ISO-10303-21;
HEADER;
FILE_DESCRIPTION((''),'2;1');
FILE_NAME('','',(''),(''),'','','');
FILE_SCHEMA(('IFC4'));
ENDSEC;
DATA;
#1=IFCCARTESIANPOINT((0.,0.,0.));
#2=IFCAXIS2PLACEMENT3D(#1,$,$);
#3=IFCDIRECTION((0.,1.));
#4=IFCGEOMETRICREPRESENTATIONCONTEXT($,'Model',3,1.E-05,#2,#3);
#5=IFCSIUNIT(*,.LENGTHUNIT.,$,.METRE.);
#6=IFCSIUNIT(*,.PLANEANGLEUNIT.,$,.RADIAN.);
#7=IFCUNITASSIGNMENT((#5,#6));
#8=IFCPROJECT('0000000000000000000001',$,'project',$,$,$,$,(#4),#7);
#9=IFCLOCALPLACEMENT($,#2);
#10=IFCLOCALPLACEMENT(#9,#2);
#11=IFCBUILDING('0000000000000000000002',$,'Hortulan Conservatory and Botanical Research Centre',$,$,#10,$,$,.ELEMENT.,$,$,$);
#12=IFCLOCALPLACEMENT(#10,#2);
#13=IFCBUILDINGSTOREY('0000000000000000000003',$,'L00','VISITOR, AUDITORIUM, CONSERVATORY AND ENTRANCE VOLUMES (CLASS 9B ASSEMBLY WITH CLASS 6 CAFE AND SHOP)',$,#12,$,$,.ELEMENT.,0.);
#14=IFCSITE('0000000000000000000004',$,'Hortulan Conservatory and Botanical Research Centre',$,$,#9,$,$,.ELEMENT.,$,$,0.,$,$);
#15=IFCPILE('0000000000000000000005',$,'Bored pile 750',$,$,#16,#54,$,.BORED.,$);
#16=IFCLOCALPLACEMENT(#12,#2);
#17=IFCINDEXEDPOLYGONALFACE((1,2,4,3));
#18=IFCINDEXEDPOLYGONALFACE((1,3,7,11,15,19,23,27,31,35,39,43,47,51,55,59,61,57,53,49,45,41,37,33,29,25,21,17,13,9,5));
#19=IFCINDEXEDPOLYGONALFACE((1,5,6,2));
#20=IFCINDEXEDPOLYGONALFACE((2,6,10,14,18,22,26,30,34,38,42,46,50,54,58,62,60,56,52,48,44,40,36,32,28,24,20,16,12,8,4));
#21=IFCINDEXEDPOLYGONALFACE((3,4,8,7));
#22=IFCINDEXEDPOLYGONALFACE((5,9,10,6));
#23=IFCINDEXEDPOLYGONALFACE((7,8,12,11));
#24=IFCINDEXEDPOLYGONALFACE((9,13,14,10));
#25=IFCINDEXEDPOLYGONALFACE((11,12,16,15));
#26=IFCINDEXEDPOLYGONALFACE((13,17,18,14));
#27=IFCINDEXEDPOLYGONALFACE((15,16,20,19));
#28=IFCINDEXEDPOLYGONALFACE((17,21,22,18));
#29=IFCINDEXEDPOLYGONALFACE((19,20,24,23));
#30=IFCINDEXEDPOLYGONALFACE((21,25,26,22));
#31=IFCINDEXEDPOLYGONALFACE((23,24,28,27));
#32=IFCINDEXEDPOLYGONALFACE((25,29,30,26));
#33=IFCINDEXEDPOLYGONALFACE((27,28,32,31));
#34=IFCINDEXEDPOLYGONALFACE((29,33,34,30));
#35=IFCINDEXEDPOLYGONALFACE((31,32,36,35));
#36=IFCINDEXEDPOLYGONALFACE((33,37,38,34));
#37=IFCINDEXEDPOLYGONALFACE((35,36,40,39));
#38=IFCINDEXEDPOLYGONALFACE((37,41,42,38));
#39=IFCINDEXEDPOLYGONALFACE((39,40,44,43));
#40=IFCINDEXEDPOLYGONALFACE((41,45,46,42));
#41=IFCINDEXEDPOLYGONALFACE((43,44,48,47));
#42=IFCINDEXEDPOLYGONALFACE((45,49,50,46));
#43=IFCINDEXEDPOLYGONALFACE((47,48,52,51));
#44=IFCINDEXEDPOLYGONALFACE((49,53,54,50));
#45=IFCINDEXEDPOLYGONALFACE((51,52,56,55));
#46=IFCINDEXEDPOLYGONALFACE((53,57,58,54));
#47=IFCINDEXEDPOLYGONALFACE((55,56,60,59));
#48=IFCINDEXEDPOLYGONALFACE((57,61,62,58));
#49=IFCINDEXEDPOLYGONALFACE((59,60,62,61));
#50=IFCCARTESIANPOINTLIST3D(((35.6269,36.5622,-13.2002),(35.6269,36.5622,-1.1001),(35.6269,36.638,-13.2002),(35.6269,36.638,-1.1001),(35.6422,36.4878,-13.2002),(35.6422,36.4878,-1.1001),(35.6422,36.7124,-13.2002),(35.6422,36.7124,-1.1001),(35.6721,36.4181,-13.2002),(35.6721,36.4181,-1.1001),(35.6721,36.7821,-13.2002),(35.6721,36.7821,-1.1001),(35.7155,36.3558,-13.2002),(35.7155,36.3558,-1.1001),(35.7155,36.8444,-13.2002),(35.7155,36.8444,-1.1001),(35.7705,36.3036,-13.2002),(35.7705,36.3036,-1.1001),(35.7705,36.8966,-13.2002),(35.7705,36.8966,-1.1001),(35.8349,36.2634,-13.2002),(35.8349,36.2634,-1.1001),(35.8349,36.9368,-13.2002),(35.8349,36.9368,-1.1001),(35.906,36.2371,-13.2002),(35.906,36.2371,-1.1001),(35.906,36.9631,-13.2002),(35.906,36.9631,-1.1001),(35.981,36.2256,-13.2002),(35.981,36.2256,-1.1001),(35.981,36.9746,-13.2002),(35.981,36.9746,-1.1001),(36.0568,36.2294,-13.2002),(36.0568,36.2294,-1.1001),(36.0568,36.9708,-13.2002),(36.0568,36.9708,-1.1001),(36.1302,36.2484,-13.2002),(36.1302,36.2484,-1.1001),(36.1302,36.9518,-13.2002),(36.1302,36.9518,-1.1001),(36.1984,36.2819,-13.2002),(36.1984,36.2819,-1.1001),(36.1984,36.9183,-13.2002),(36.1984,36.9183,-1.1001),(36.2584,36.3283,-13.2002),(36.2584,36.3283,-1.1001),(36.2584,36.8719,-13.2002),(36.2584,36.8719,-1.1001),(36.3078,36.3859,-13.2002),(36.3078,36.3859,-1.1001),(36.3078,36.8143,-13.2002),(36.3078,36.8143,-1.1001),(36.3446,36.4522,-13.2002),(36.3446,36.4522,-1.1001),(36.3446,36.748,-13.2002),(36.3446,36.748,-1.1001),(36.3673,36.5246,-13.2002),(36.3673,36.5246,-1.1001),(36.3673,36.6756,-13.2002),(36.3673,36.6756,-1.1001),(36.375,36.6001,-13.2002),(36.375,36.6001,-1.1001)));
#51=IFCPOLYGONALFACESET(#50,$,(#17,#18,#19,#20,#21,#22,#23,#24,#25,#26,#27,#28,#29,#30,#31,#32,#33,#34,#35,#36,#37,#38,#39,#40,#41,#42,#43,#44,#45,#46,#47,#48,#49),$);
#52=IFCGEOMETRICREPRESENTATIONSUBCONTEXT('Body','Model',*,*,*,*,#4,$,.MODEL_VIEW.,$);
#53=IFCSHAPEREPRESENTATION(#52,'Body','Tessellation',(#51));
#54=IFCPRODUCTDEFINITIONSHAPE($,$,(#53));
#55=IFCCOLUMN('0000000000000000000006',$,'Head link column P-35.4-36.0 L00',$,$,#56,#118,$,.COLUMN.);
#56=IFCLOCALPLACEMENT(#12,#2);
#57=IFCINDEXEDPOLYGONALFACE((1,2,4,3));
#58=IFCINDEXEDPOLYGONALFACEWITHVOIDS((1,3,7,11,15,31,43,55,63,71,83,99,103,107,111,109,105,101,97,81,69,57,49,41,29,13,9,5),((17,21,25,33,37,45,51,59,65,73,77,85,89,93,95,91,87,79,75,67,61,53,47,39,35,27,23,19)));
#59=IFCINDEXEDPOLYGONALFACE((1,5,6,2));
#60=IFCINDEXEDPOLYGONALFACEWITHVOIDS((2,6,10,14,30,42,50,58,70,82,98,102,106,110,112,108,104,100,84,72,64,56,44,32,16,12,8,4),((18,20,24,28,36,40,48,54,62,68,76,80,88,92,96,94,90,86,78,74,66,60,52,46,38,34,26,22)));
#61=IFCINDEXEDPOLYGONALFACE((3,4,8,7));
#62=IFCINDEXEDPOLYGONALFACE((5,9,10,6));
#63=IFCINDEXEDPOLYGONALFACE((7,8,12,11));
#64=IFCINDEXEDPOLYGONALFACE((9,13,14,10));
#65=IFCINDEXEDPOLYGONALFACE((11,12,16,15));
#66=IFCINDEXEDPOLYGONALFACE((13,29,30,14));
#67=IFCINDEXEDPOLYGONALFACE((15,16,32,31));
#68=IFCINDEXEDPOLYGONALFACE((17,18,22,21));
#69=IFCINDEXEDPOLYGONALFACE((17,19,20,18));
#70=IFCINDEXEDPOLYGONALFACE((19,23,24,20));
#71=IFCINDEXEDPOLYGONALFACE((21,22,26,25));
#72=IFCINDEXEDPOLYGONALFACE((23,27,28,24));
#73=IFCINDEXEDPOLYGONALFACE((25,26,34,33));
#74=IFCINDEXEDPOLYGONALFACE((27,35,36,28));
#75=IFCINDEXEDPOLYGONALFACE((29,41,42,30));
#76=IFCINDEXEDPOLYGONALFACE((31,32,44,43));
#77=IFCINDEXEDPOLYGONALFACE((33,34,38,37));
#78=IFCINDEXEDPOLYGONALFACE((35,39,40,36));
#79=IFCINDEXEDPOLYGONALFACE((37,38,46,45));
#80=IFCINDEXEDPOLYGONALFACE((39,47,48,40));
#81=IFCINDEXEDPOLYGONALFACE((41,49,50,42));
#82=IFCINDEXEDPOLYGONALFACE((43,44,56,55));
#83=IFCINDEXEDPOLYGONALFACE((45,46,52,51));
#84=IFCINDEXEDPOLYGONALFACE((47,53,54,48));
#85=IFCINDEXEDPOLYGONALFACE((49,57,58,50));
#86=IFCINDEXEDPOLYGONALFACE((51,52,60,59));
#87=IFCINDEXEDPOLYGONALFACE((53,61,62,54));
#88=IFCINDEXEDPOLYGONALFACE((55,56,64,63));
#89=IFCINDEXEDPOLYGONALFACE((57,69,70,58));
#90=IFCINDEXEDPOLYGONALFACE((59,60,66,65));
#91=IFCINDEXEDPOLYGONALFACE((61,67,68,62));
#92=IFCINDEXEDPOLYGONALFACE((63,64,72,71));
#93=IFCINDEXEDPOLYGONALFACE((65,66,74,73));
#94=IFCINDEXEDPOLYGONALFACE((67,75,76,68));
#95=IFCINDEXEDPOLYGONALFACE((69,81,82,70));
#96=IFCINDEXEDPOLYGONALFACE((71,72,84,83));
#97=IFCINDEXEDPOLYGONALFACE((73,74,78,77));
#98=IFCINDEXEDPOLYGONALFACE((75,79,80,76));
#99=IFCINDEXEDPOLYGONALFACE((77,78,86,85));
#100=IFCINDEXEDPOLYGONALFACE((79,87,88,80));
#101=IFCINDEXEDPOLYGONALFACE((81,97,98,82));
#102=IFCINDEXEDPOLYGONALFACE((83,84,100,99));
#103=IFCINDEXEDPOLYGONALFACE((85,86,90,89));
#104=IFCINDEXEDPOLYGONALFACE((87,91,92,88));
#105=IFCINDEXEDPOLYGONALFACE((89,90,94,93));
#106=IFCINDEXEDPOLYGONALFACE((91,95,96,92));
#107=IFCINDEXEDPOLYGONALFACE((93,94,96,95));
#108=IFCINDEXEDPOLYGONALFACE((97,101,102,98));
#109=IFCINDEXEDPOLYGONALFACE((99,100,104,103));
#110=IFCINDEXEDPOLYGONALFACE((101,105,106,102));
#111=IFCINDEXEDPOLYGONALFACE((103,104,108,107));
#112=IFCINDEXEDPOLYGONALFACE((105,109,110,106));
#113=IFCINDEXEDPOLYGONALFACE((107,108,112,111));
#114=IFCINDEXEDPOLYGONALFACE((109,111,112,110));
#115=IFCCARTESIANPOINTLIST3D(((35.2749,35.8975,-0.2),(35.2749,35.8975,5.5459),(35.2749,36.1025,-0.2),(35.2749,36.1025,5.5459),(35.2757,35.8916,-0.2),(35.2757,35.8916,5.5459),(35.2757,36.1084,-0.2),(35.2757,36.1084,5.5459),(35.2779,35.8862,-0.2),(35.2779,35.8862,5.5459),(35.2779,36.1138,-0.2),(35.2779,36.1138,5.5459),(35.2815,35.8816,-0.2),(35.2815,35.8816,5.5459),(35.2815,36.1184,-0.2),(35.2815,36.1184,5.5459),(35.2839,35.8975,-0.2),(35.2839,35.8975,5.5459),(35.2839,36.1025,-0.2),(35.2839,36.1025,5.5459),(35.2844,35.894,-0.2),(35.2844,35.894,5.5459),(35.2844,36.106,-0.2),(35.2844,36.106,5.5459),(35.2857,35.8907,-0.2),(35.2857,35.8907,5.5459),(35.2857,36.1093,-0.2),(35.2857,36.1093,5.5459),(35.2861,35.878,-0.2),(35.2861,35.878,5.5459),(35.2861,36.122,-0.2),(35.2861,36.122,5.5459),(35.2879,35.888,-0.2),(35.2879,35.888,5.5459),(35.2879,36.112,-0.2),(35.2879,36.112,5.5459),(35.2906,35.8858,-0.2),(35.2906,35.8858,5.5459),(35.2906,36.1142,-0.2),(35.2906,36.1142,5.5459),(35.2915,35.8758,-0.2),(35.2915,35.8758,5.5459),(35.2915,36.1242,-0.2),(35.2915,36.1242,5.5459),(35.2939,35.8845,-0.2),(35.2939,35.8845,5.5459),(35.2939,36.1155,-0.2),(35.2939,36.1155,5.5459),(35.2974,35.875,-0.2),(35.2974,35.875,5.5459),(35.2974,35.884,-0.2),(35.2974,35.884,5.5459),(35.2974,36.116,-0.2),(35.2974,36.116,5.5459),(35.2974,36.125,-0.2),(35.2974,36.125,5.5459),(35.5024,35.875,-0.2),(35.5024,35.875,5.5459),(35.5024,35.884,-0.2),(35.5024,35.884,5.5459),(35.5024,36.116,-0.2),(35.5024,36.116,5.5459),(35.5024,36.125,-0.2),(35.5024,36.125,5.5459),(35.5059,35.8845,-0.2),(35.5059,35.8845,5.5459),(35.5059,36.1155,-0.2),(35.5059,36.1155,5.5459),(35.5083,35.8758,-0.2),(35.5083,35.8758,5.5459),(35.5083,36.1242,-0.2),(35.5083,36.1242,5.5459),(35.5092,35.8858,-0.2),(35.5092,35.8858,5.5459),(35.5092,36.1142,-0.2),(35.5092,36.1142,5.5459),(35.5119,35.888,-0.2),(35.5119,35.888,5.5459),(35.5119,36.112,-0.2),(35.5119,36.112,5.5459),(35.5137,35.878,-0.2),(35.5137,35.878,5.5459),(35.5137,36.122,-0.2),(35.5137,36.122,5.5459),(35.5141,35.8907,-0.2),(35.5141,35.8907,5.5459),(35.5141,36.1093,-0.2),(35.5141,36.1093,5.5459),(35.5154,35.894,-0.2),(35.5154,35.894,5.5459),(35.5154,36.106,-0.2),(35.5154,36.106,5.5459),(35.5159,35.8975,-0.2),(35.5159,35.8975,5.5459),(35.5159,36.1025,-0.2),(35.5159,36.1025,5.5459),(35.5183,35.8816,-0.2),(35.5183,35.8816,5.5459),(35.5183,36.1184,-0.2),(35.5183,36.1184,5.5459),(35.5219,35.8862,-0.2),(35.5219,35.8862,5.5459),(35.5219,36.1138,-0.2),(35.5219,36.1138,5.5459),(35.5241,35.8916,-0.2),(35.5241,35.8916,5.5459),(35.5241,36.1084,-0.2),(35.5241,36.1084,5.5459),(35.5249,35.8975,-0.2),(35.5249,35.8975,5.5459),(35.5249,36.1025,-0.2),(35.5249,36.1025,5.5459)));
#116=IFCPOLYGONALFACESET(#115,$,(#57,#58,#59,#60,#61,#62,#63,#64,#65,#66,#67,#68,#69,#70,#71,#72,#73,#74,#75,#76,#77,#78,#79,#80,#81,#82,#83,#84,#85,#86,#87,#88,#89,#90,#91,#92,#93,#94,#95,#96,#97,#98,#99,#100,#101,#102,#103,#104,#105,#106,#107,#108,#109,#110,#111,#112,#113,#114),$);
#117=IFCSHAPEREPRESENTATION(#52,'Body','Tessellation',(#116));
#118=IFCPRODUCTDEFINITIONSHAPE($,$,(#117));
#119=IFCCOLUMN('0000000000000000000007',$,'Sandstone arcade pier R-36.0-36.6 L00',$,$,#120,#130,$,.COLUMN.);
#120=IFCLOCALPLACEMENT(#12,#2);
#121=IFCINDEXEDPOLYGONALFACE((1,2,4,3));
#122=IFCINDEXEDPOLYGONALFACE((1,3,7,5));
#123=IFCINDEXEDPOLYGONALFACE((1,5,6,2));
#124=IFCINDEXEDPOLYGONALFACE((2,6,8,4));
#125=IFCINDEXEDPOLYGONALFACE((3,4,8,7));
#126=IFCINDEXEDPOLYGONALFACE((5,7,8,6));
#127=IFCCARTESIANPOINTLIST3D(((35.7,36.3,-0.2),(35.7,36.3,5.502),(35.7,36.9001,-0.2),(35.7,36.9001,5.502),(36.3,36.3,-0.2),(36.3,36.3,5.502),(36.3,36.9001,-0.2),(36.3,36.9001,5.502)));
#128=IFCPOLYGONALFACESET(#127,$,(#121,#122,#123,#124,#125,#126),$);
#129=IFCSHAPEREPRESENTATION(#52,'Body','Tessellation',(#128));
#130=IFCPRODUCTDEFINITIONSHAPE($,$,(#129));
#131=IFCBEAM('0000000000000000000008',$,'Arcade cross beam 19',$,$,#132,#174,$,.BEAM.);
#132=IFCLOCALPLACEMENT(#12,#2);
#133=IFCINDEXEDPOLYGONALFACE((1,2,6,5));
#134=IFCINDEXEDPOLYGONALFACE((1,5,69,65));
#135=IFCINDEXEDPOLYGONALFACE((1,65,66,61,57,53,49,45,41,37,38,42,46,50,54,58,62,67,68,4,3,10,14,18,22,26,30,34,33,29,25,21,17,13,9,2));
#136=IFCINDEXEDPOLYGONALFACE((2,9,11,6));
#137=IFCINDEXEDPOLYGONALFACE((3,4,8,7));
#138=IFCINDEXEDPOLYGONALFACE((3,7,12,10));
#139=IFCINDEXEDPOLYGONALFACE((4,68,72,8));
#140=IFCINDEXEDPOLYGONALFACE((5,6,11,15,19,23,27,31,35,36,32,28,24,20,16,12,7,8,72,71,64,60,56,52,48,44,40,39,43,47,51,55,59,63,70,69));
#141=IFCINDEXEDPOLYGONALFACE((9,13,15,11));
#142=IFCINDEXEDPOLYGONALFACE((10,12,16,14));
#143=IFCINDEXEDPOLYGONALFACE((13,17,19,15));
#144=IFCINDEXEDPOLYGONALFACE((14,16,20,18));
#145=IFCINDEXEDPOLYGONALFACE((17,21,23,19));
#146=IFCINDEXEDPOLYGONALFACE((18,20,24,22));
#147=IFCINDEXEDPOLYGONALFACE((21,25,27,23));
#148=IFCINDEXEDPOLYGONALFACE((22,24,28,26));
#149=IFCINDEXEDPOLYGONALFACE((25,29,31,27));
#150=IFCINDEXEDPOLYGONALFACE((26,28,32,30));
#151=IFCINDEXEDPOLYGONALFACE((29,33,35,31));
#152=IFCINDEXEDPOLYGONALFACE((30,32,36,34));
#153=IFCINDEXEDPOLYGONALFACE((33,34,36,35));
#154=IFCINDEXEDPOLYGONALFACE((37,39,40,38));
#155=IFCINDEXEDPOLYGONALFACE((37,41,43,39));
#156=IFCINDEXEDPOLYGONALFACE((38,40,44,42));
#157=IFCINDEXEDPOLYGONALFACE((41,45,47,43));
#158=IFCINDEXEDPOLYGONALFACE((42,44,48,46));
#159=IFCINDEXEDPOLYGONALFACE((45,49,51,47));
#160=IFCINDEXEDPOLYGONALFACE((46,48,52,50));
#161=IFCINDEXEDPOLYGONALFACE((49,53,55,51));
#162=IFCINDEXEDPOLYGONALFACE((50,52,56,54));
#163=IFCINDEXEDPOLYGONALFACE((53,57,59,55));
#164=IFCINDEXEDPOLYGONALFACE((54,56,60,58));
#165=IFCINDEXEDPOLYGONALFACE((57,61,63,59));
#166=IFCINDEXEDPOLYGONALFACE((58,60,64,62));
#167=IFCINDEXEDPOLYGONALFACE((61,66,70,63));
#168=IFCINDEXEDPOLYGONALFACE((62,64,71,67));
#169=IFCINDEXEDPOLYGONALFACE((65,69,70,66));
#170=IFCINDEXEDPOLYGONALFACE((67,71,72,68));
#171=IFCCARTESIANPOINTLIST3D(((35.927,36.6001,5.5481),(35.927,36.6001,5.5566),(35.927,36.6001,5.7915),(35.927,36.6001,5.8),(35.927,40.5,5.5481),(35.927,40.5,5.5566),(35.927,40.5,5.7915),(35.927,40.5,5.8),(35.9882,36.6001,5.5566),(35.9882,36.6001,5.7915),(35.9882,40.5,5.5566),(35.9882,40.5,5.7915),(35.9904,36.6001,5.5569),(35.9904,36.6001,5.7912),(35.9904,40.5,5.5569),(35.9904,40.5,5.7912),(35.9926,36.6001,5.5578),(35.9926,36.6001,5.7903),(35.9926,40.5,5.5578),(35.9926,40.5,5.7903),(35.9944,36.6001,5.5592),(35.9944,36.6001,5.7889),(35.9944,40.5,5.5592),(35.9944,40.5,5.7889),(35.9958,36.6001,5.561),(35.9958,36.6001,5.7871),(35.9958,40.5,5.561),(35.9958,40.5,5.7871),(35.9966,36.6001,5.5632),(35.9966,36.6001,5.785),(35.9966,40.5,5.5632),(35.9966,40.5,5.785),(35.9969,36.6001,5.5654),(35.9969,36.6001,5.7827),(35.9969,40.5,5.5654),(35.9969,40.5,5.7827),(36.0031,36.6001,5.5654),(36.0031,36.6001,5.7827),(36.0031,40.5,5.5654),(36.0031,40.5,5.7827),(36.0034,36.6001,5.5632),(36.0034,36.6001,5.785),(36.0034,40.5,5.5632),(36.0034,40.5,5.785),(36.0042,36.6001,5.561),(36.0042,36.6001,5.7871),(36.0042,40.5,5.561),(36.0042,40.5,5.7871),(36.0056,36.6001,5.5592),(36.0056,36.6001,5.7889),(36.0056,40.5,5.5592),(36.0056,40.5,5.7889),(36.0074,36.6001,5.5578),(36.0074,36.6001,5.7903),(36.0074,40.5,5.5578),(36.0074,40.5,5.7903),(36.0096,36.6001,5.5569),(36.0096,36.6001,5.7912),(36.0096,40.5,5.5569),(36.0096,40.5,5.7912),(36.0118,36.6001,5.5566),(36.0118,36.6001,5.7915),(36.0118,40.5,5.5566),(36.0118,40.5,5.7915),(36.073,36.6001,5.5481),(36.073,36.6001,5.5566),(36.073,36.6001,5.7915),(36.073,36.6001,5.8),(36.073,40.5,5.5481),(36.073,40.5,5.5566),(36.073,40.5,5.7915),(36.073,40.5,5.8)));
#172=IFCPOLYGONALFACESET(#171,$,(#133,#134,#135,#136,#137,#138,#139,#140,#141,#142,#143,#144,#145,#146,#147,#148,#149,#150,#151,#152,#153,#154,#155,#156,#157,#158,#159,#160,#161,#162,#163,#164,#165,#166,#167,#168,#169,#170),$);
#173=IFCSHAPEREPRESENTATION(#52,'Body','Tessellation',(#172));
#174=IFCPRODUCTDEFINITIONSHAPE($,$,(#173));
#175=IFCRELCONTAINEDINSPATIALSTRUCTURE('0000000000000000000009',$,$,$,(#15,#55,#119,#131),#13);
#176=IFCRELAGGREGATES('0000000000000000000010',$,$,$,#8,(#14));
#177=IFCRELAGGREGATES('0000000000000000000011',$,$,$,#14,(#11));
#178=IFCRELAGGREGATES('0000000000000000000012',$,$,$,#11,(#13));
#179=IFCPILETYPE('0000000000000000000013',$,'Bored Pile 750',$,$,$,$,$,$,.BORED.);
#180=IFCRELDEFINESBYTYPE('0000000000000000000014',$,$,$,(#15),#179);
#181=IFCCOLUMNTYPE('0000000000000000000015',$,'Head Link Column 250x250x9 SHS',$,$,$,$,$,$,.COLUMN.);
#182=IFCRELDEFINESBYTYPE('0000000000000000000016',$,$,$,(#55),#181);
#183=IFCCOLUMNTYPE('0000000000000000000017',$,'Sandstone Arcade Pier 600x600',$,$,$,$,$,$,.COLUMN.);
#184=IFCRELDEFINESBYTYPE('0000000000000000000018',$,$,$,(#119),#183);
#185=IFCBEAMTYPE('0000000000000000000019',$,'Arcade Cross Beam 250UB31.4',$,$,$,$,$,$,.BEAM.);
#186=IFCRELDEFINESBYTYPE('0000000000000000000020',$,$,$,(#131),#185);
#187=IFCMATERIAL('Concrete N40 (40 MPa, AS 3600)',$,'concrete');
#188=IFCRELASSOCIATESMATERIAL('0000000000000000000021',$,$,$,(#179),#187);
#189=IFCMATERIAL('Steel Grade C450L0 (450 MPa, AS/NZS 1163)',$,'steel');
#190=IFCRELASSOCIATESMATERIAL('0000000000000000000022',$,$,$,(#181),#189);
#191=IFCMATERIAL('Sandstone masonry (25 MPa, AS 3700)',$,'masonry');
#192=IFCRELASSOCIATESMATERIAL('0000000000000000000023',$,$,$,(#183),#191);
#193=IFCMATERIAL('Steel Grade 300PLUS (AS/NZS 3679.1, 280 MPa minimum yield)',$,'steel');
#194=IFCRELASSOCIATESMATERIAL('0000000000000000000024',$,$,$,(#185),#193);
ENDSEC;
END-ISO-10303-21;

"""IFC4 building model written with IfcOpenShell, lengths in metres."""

from ifc_helpers import new_model, si_unit, direction, frame, origin, origin_2d, place, context, subcontext, project, spatial, rectangle, hollow_rectangle, circle, i_section, extrude, material, material_profile, profile_set, type_object, element, save


model = new_model("IFC4")

# Units and contexts
model_context = context("Model", 3, precision=1e-05, world=origin(), true_north=direction((0.0, 1.0)))
body_context = subcontext(model_context, "Body", "Model", "MODEL_VIEW")
ifc_project = project(units=[si_unit("LENGTHUNIT", "METRE"), si_unit("PLANEANGLEUNIT", "RADIAN")], contexts=[model_context])

# Site, building, storey
site_placement = place(None, origin())
site = spatial("IfcSite", under=ifc_project, at=site_placement, Name="Hortulan Conservatory and Botanical Research Centre", CompositionType="ELEMENT", RefElevation=0.0)
building_placement = place(site_placement, origin())
building = spatial("IfcBuilding", under=site, at=building_placement, Name="Hortulan Conservatory and Botanical Research Centre", CompositionType="ELEMENT")
storey_placement = place(building_placement, origin())
storey = spatial("IfcBuildingStorey", under=building, at=storey_placement, Name="L00", Description="VISITOR, AUDITORIUM, CONSERVATORY AND ENTRANCE VOLUMES (CLASS 9B ASSEMBLY WITH CLASS 6 CAFE AND SHOP)", CompositionType="ELEMENT", Elevation=0.0)

# Pile
ifc_material_1 = material(Name="Concrete N40 (40 MPa, AS 3600)", Category="concrete")
ifc_material_profile_1 = material_profile(ifc_material_1, circle(Radius=0.375, at=origin_2d()), Name="Bored pile 750 diameter")
ifc_profile_set_1 = profile_set([ifc_material_profile_1], Name="Concrete N40 (40 MPa, AS 3600)")
pile_type = type_object("IfcPileType", Name="Bored Pile 750", PredefinedType="BORED", material=ifc_profile_set_1)
pile_placement = place(storey_placement, frame((36.0, 36.6001, -1.1001), z_axis=(0.0, 0.0, -1.0), x_axis=(1.0, 0.0, 0.0)))
element("IfcPile", 1, at=pile_placement, inside=storey, type_object=pile_type, Name="Bored pile 750", PredefinedType="BORED", context=body_context, shape_type="SweptSolid", body=[
    extrude(circle(Radius=0.375, at=origin_2d()), origin(), (0.0, 0.0, 1.0), 12.1001),
])

# Columns
ifc_material_2 = material(Name="Steel Grade C450L0 (450 MPa, AS/NZS 1163)", Category="steel")
ifc_material_profile_2 = material_profile(ifc_material_2, hollow_rectangle(XDim=0.25, YDim=0.25, WallThickness=0.009, InnerFilletRadius=0.0134, OuterFilletRadius=0.0225, at=origin_2d()), Name="250x250x9SHS")
ifc_profile_set_2 = profile_set([ifc_material_profile_2], Name="Steel Grade C450L0 (450 MPa, AS/NZS 1163)")
column_type_1 = type_object("IfcColumnType", Name="Head Link Column 250x250x9 SHS", PredefinedType="COLUMN", material=ifc_profile_set_2)
column_1_placement = place(storey_placement, frame((35.3999, 36.0, -0.2), z_axis=(0.0, 0.0, 1.0), x_axis=(1.0, 0.0, 0.0)))
element("IfcColumn", 2, at=column_1_placement, inside=storey, type_object=column_type_1, Name="Head link column P-35.4-36.0 L00", PredefinedType="COLUMN", context=body_context, shape_type="SweptSolid", body=[
    extrude(hollow_rectangle(XDim=0.25, YDim=0.25, WallThickness=0.009, InnerFilletRadius=0.0134, OuterFilletRadius=0.0225, at=origin_2d()), origin(), (0.0, 0.0, 1.0), 5.7458),
])
ifc_material_3 = material(Name="Sandstone masonry (25 MPa, AS 3700)", Category="masonry")
ifc_material_profile_3 = material_profile(ifc_material_3, rectangle(XDim=0.6001, YDim=0.6001, at=origin_2d()), Name="Square pier 600")
ifc_profile_set_3 = profile_set([ifc_material_profile_3], Name="Sandstone masonry (25 MPa, AS 3700)")
column_type_2 = type_object("IfcColumnType", Name="Sandstone Arcade Pier 600x600", PredefinedType="COLUMN", material=ifc_profile_set_3)
column_2_placement = place(storey_placement, frame((36.0, 36.6001, -0.2), z_axis=(0.0, 0.0, 1.0), x_axis=(1.0, 0.0, 0.0)))
element("IfcColumn", 3, at=column_2_placement, inside=storey, type_object=column_type_2, Name="Sandstone arcade pier R-36.0-36.6 L00", PredefinedType="COLUMN", context=body_context, shape_type="SweptSolid", body=[
    extrude(rectangle(XDim=0.6001, YDim=0.6001, at=origin_2d()), origin(), (0.0, 0.0, 1.0), 5.7019),
])

# Beam
ifc_material_4 = material(Name="Steel Grade 300PLUS (AS/NZS 3679.1, 280 MPa minimum yield)", Category="steel")
ifc_material_profile_4 = material_profile(ifc_material_4, i_section(OverallWidth=0.146, OverallDepth=0.252, WebThickness=0.0061, FlangeThickness=0.0085, FilletRadius=0.0088, at=origin_2d()), Name="250UB31.4")
ifc_profile_set_4 = profile_set([ifc_material_profile_4], Name="Steel Grade 300PLUS (AS/NZS 3679.1, 280 MPa minimum yield)")
beam_type_1 = type_object("IfcBeamType", Name="Arcade Cross Beam 250UB31.4", PredefinedType="BEAM", material=ifc_profile_set_4)
beam_1_placement = place(storey_placement, frame((36.0, 36.6001, 5.6741), z_axis=(0.0, 1.0, 0.0), x_axis=(-1.0, 0.0, 0.0)))
element("IfcBeam", 4, at=beam_1_placement, inside=storey, type_object=beam_type_1, Name="Arcade cross beam 19", PredefinedType="BEAM", context=body_context, shape_type="SweptSolid", body=[
    extrude(i_section(OverallWidth=0.146, OverallDepth=0.252, WebThickness=0.0061, FlangeThickness=0.0085, FilletRadius=0.0088, at=origin_2d()), origin(), (0.0, 0.0, 1.0), 3.8999),
])

save(model, "model.ifc")
